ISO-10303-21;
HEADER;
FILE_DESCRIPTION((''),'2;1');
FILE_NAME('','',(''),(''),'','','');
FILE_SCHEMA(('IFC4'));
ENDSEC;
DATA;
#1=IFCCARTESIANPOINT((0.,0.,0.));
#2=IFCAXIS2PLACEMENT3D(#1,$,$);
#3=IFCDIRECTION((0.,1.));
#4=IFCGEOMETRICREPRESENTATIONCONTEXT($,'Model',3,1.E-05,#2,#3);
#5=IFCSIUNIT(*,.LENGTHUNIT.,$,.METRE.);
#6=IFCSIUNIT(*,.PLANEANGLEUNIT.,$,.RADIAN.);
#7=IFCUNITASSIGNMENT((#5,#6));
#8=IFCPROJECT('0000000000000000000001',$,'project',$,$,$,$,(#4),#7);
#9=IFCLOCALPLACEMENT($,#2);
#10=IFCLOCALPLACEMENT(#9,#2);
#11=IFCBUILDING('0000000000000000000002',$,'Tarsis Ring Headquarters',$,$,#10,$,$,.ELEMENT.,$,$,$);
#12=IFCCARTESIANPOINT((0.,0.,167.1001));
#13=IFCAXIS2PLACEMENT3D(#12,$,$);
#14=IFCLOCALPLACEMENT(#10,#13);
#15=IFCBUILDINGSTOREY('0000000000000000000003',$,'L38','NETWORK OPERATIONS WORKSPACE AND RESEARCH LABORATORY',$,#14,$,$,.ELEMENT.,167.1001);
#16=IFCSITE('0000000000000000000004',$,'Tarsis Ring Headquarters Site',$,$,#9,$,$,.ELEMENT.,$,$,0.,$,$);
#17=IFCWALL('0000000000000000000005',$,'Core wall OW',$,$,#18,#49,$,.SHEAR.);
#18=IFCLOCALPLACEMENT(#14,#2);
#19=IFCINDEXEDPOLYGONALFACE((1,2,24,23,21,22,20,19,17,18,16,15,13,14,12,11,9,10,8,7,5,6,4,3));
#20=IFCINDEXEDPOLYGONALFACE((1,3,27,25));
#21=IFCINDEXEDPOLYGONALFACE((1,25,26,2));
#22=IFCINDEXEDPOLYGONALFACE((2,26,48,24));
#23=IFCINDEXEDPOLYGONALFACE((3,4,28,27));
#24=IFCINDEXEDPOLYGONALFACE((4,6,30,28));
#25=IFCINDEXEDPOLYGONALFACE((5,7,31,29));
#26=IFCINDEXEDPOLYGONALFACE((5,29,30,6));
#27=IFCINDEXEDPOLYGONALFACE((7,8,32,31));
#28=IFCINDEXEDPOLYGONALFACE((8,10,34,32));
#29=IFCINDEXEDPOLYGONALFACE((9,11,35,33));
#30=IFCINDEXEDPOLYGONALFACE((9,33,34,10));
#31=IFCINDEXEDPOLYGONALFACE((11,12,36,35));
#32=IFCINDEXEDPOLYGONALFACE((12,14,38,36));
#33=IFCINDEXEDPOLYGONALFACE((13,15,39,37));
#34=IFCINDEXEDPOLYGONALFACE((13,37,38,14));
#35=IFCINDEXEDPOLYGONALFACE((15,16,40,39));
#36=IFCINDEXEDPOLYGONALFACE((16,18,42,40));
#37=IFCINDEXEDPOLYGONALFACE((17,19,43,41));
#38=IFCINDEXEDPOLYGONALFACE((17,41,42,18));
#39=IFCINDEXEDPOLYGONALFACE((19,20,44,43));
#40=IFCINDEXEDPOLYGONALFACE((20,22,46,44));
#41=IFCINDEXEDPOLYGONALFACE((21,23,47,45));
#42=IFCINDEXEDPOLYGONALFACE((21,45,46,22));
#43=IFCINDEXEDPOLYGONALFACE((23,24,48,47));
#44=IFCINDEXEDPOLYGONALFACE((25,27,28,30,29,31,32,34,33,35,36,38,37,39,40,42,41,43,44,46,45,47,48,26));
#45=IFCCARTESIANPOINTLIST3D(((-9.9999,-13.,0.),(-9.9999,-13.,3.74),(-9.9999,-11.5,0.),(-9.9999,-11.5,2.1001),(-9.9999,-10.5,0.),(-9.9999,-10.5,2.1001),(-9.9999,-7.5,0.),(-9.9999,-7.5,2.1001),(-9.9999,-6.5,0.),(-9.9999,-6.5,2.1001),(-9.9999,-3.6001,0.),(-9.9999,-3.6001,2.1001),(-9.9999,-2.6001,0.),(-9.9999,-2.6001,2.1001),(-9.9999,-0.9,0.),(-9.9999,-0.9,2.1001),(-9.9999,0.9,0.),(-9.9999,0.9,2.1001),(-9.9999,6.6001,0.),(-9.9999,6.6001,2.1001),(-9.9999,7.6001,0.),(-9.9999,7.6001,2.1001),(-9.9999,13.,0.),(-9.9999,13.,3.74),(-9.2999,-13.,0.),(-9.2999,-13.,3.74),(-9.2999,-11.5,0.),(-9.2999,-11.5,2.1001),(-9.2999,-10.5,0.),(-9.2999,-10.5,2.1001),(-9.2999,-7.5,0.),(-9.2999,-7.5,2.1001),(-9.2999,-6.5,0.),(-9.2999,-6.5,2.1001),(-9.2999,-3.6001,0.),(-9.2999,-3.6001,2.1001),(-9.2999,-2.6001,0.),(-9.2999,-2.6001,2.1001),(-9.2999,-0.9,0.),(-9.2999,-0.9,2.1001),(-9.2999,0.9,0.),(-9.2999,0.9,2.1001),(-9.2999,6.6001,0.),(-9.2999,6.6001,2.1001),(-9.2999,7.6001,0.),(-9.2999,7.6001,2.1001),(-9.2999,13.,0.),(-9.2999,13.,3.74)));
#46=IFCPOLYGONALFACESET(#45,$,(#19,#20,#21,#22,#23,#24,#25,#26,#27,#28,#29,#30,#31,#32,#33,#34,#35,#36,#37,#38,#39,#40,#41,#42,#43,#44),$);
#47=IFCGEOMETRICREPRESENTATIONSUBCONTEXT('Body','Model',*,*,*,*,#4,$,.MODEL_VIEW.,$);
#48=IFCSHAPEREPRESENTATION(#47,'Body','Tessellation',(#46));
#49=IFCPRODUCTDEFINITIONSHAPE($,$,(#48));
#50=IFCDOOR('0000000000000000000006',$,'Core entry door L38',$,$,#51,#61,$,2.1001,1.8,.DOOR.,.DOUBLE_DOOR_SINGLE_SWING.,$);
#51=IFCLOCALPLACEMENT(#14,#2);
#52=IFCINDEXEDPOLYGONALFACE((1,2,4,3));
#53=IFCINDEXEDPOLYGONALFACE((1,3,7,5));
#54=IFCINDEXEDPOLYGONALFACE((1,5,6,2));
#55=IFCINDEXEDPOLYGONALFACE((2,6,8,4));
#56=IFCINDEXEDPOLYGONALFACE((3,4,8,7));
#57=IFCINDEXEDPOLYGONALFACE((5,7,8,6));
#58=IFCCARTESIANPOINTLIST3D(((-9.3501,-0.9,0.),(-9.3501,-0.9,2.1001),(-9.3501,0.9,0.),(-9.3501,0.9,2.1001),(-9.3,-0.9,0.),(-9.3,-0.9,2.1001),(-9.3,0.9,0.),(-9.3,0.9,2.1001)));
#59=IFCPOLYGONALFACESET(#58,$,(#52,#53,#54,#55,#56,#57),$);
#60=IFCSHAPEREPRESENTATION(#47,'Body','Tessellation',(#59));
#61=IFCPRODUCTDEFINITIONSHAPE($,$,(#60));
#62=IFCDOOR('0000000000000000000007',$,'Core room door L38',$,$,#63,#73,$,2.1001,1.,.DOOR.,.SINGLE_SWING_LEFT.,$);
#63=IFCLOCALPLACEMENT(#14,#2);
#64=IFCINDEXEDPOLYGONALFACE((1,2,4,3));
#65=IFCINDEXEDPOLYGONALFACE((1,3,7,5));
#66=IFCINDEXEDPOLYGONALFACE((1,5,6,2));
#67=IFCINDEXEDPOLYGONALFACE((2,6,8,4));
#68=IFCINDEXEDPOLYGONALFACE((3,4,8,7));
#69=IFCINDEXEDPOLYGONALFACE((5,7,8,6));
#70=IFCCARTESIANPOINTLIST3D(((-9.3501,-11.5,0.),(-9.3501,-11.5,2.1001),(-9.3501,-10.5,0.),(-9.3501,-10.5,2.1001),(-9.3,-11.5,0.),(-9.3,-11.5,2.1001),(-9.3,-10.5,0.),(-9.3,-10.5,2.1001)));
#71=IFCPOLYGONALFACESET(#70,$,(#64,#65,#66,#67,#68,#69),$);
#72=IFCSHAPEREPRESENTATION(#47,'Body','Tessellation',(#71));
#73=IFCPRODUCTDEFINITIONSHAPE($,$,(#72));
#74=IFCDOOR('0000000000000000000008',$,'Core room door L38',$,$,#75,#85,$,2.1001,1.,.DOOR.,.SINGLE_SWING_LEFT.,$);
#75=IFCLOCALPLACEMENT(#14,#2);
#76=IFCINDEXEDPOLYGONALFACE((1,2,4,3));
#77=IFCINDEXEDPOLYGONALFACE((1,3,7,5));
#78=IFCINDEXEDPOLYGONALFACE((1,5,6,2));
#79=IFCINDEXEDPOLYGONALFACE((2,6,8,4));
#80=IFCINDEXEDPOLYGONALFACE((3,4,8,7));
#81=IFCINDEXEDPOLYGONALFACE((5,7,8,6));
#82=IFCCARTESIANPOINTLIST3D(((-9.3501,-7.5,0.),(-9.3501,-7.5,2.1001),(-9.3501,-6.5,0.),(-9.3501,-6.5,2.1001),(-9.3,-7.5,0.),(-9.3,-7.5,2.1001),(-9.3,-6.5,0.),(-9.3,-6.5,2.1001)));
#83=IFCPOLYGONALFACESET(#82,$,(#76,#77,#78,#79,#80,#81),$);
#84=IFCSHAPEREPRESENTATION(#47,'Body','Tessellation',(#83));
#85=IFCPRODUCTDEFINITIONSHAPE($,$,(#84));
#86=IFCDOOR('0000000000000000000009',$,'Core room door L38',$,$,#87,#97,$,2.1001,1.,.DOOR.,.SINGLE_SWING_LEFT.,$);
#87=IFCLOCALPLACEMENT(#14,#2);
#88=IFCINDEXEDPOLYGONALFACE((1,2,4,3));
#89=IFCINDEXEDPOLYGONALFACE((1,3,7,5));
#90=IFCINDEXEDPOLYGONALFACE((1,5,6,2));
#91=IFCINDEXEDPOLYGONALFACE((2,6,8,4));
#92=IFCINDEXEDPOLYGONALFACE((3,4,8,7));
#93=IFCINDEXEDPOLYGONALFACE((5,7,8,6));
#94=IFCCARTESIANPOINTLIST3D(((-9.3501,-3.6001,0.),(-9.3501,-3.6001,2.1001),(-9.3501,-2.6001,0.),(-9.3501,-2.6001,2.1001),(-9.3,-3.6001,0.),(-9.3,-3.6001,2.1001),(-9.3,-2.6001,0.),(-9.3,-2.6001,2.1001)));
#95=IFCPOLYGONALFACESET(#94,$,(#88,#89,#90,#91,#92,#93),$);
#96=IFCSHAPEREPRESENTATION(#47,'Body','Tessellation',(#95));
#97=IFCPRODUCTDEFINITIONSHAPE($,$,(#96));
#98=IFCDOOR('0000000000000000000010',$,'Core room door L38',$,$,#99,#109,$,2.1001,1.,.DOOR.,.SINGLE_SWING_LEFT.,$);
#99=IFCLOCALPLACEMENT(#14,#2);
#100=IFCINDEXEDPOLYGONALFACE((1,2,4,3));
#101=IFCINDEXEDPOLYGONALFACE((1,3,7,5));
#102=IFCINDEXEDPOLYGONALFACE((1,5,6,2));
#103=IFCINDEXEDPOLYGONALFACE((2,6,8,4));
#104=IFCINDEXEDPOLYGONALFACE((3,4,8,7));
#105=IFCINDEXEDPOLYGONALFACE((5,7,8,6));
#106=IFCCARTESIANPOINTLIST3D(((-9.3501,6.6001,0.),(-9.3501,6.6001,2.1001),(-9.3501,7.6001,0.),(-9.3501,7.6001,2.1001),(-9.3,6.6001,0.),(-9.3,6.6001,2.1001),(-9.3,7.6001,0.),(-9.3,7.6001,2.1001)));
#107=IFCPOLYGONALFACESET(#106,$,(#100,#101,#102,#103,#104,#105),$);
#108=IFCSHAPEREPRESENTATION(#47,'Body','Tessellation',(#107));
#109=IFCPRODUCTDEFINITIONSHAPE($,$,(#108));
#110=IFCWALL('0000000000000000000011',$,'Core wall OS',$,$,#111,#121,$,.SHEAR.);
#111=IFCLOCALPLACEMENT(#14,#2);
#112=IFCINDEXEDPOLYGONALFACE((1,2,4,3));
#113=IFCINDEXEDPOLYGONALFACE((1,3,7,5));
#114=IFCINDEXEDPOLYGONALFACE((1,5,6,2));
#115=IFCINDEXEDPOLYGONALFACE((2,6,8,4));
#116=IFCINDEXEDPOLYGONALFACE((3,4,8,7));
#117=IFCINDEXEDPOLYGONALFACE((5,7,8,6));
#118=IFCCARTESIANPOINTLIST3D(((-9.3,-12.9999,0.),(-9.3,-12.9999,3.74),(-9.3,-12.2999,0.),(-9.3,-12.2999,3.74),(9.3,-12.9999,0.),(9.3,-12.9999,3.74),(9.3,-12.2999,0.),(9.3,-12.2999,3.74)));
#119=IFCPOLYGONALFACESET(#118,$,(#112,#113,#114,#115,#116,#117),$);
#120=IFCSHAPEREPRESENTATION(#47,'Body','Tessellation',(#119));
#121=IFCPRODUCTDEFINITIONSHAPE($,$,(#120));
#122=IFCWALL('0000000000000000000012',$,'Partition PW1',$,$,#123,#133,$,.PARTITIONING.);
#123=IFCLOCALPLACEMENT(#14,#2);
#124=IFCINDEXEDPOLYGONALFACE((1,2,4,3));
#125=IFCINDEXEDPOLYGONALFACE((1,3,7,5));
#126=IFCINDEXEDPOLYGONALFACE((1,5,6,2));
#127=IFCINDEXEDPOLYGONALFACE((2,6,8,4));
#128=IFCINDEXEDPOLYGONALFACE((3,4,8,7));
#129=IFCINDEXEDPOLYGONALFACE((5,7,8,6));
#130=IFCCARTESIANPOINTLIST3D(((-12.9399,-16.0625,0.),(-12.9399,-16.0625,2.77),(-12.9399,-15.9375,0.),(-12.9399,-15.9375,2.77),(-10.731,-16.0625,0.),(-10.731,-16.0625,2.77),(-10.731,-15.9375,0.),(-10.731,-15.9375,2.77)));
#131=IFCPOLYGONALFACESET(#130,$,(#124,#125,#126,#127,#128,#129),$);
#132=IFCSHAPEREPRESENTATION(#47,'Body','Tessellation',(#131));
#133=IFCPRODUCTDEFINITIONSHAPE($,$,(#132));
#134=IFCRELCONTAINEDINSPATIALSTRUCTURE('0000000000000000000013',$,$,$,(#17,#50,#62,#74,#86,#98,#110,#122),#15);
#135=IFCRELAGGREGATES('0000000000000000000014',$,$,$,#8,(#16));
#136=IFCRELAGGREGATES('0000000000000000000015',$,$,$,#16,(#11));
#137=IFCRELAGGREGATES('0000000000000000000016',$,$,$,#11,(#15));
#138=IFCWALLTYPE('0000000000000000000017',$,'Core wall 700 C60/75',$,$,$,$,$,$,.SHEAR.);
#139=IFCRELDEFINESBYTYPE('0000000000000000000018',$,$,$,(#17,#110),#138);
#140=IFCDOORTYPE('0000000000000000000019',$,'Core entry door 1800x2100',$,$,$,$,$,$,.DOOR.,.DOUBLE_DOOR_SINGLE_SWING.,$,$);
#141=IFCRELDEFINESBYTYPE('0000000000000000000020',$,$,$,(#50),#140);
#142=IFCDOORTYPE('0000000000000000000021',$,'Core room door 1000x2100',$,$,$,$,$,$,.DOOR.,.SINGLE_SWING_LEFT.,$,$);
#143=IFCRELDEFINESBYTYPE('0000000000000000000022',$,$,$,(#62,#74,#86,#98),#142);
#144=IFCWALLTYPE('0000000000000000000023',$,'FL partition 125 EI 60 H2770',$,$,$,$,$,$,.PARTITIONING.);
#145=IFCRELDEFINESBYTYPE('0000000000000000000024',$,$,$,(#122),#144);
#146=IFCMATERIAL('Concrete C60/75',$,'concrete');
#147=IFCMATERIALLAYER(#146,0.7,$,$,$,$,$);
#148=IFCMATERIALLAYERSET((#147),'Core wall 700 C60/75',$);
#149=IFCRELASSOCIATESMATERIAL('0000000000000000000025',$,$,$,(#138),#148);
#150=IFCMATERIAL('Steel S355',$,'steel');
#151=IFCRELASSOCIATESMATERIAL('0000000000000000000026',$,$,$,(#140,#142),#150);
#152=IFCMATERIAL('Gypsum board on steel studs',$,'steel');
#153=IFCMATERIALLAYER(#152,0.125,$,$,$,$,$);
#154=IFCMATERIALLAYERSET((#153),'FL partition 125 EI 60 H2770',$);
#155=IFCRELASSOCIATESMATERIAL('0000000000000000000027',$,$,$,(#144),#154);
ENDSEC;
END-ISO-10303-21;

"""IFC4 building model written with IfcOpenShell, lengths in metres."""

from ifc_helpers import new_model, si_unit, direction, frame, frame_2d, origin, place, context, subcontext, project, spatial, rectangle, extrude, material, layer, layer_set, type_object, element, fill, save


model = new_model("IFC4")

# Units and contexts
model_context = context("Model", 3, precision=1e-05, world=origin(), true_north=direction((0.0, 1.0)))
body_context = subcontext(model_context, "Body", "Model", "MODEL_VIEW")
ifc_project = project(units=[si_unit("LENGTHUNIT", "METRE"), si_unit("PLANEANGLEUNIT", "RADIAN")], contexts=[model_context])

# Site, building, storey
site_placement = place(None, origin())
site = spatial("IfcSite", under=ifc_project, at=site_placement, Name="Tarsis Ring Headquarters Site", CompositionType="ELEMENT", RefElevation=0.0)
building_placement = place(site_placement, origin())
building = spatial("IfcBuilding", under=site, at=building_placement, Name="Tarsis Ring Headquarters", CompositionType="ELEMENT")
storey_placement = place(building_placement, frame((0.0, 0.0, 167.1001)))
storey = spatial("IfcBuildingStorey", under=building, at=storey_placement, Name="L38", Description="NETWORK OPERATIONS WORKSPACE AND RESEARCH LABORATORY", CompositionType="ELEMENT", Elevation=167.1001)

# Wall, openings, doors
ifc_material_1 = material(Name="Concrete C60/75", Category="concrete")
ifc_layer_1 = layer(ifc_material_1, 0.7)
ifc_layer_set_1 = layer_set([ifc_layer_1], Name="Core wall 700 C60/75")
wall_type_1 = type_object("IfcWallType", Name="Core wall 700 C60/75", PredefinedType="SHEAR", material=ifc_layer_set_1)
wall_1_placement = place(storey_placement, frame((-9.6499, -13.0, 0.0), z_axis=(0.0, 0.0, 1.0), x_axis=(0.0, 1.0, 0.0)))
wall_1 = element("IfcWall", 1, at=wall_1_placement, inside=storey, type_object=wall_type_1, Name="Core wall OW", PredefinedType="SHEAR", context=body_context, shape_type="SweptSolid", body=[
    extrude(rectangle(XDim=26.0, YDim=0.7, at=frame_2d((13.0, 0.0))), origin(), (0.0, 0.0, 1.0), 3.74),
])
opening_1_placement = place(wall_1_placement, frame((1.5, 0.0, 0.0)))
opening_1 = element("IfcOpeningElement", 2, at=opening_1_placement, cuts=wall_1, PredefinedType="OPENING", context=body_context, shape_type="SweptSolid", body=[
    extrude(rectangle(XDim=1.0, YDim=2.1001, at=frame_2d((0.5, 1.05))), frame((0.0, 0.3599, 0.0), z_axis=(0.0, -1.0, 0.0), x_axis=(1.0, 0.0, 0.0)), (0.0, 0.0, 1.0), 0.72),
])
opening_2_placement = place(wall_1_placement, frame((5.5, 0.0, 0.0)))
opening_2 = element("IfcOpeningElement", 3, at=opening_2_placement, cuts=wall_1, PredefinedType="OPENING", context=body_context, shape_type="SweptSolid", body=[
    extrude(rectangle(XDim=1.0, YDim=2.1001, at=frame_2d((0.5, 1.05))), frame((0.0, 0.3599, 0.0), z_axis=(0.0, -1.0, 0.0), x_axis=(1.0, 0.0, 0.0)), (0.0, 0.0, 1.0), 0.72),
])
opening_3_placement = place(wall_1_placement, frame((9.3999, 0.0, 0.0)))
opening_3 = element("IfcOpeningElement", 4, at=opening_3_placement, cuts=wall_1, PredefinedType="OPENING", context=body_context, shape_type="SweptSolid", body=[
    extrude(rectangle(XDim=1.0, YDim=2.1001, at=frame_2d((0.5, 1.05))), frame((0.0, 0.3599, 0.0), z_axis=(0.0, -1.0, 0.0), x_axis=(1.0, 0.0, 0.0)), (0.0, 0.0, 1.0), 0.72),
])
opening_4_placement = place(wall_1_placement, frame((12.1001, 0.0, 0.0)))
opening_4 = element("IfcOpeningElement", 5, at=opening_4_placement, cuts=wall_1, PredefinedType="OPENING", context=body_context, shape_type="SweptSolid", body=[
    extrude(rectangle(XDim=1.8, YDim=2.1001, at=frame_2d((0.8999, 1.05))), frame((0.0, 0.3599, 0.0), z_axis=(0.0, -1.0, 0.0), x_axis=(1.0, 0.0, 0.0)), (0.0, 0.0, 1.0), 0.72),
])
opening_5_placement = place(wall_1_placement, frame((19.6001, 0.0, 0.0)))
opening_5 = element("IfcOpeningElement", 6, at=opening_5_placement, cuts=wall_1, PredefinedType="OPENING", context=body_context, shape_type="SweptSolid", body=[
    extrude(rectangle(XDim=1.0, YDim=2.1001, at=frame_2d((0.5, 1.05))), frame((0.0, 0.3599, 0.0), z_axis=(0.0, -1.0, 0.0), x_axis=(1.0, 0.0, 0.0)), (0.0, 0.0, 1.0), 0.72),
])
ifc_material_2 = material(Name="Steel S355", Category="steel")
door_type_1 = type_object("IfcDoorType", Name="Core entry door 1800x2100", OperationType="DOUBLE_DOOR_SINGLE_SWING", PredefinedType="DOOR", material=ifc_material_2)
door_1_placement = place(opening_4_placement, origin())
door_1 = element("IfcDoor", 7, at=door_1_placement, inside=storey, type_object=door_type_1, Name="Core entry door L38", OperationType="DOUBLE_DOOR_SINGLE_SWING", OverallHeight=2.1001, OverallWidth=1.8, PredefinedType="DOOR", context=body_context, shape_type="SweptSolid", body=[
    extrude(rectangle(XDim=1.8, YDim=2.1001, at=frame_2d((0.8999, 1.05))), frame((0.0, -0.2998, 0.0), z_axis=(0.0, -1.0, 0.0), x_axis=(1.0, 0.0, 0.0)), (0.0, 0.0, 1.0), 0.05),
])
fill(opening_4, door_1)
door_type_2 = type_object("IfcDoorType", Name="Core room door 1000x2100", OperationType="SINGLE_SWING_LEFT", PredefinedType="DOOR", material=ifc_material_2)
door_2_placement = place(opening_1_placement, origin())
door_2 = element("IfcDoor", 8, at=door_2_placement, inside=storey, type_object=door_type_2, Name="Core room door L38", OperationType="SINGLE_SWING_LEFT", OverallHeight=2.1001, OverallWidth=1.0, PredefinedType="DOOR", context=body_context, shape_type="SweptSolid", body=[
    extrude(rectangle(XDim=1.0, YDim=2.1001, at=frame_2d((0.5, 1.05))), frame((0.0, -0.2998, 0.0), z_axis=(0.0, -1.0, 0.0), x_axis=(1.0, 0.0, 0.0)), (0.0, 0.0, 1.0), 0.05),
])
fill(opening_1, door_2)
door_3_placement = place(opening_2_placement, origin())
door_3 = element("IfcDoor", 9, at=door_3_placement, inside=storey, type_object=door_type_2, Name="Core room door L38", OperationType="SINGLE_SWING_LEFT", OverallHeight=2.1001, OverallWidth=1.0, PredefinedType="DOOR", context=body_context, shape_type="SweptSolid", body=[
    extrude(rectangle(XDim=1.0, YDim=2.1001, at=frame_2d((0.5, 1.05))), frame((0.0, -0.2998, 0.0), z_axis=(0.0, -1.0, 0.0), x_axis=(1.0, 0.0, 0.0)), (0.0, 0.0, 1.0), 0.05),
])
fill(opening_2, door_3)
door_4_placement = place(opening_3_placement, origin())
door_4 = element("IfcDoor", 10, at=door_4_placement, inside=storey, type_object=door_type_2, Name="Core room door L38", OperationType="SINGLE_SWING_LEFT", OverallHeight=2.1001, OverallWidth=1.0, PredefinedType="DOOR", context=body_context, shape_type="SweptSolid", body=[
    extrude(rectangle(XDim=1.0, YDim=2.1001, at=frame_2d((0.5, 1.05))), frame((0.0, -0.2998, 0.0), z_axis=(0.0, -1.0, 0.0), x_axis=(1.0, 0.0, 0.0)), (0.0, 0.0, 1.0), 0.05),
])
fill(opening_3, door_4)
door_5_placement = place(opening_5_placement, origin())
door_5 = element("IfcDoor", 11, at=door_5_placement, inside=storey, type_object=door_type_2, Name="Core room door L38", OperationType="SINGLE_SWING_LEFT", OverallHeight=2.1001, OverallWidth=1.0, PredefinedType="DOOR", context=body_context, shape_type="SweptSolid", body=[
    extrude(rectangle(XDim=1.0, YDim=2.1001, at=frame_2d((0.5, 1.05))), frame((0.0, -0.2998, 0.0), z_axis=(0.0, -1.0, 0.0), x_axis=(1.0, 0.0, 0.0)), (0.0, 0.0, 1.0), 0.05),
])
fill(opening_5, door_5)

# Walls
wall_2_placement = place(storey_placement, frame((-9.3, -12.6499, 0.0), z_axis=(0.0, 0.0, 1.0), x_axis=(1.0, 0.0, 0.0)))
element("IfcWall", 12, at=wall_2_placement, inside=storey, type_object=wall_type_1, Name="Core wall OS", PredefinedType="SHEAR", context=body_context, shape_type="SweptSolid", body=[
    extrude(rectangle(XDim=18.6001, YDim=0.7, at=frame_2d((9.3, 0.0))), origin(), (0.0, 0.0, 1.0), 3.74),
])
ifc_material_3 = material(Name="Gypsum board on steel studs", Category="steel")
ifc_layer_2 = layer(ifc_material_3, 0.125)
ifc_layer_set_2 = layer_set([ifc_layer_2], Name="FL partition 125 EI 60 H2770")
wall_type_2 = type_object("IfcWallType", Name="FL partition 125 EI 60 H2770", PredefinedType="PARTITIONING", material=ifc_layer_set_2)
wall_3_placement = place(storey_placement, frame((-12.9399, -16.0, 0.0), z_axis=(0.0, 0.0, 1.0), x_axis=(1.0, 0.0, 0.0)))
element("IfcWall", 13, at=wall_3_placement, inside=storey, type_object=wall_type_2, Name="Partition PW1", PredefinedType="PARTITIONING", context=body_context, shape_type="SweptSolid", body=[
    extrude(rectangle(XDim=2.209, YDim=0.125, at=frame_2d((1.1045, 0.0))), origin(), (0.0, 0.0, 1.0), 2.77),
])

save(model, "model.ifc")
